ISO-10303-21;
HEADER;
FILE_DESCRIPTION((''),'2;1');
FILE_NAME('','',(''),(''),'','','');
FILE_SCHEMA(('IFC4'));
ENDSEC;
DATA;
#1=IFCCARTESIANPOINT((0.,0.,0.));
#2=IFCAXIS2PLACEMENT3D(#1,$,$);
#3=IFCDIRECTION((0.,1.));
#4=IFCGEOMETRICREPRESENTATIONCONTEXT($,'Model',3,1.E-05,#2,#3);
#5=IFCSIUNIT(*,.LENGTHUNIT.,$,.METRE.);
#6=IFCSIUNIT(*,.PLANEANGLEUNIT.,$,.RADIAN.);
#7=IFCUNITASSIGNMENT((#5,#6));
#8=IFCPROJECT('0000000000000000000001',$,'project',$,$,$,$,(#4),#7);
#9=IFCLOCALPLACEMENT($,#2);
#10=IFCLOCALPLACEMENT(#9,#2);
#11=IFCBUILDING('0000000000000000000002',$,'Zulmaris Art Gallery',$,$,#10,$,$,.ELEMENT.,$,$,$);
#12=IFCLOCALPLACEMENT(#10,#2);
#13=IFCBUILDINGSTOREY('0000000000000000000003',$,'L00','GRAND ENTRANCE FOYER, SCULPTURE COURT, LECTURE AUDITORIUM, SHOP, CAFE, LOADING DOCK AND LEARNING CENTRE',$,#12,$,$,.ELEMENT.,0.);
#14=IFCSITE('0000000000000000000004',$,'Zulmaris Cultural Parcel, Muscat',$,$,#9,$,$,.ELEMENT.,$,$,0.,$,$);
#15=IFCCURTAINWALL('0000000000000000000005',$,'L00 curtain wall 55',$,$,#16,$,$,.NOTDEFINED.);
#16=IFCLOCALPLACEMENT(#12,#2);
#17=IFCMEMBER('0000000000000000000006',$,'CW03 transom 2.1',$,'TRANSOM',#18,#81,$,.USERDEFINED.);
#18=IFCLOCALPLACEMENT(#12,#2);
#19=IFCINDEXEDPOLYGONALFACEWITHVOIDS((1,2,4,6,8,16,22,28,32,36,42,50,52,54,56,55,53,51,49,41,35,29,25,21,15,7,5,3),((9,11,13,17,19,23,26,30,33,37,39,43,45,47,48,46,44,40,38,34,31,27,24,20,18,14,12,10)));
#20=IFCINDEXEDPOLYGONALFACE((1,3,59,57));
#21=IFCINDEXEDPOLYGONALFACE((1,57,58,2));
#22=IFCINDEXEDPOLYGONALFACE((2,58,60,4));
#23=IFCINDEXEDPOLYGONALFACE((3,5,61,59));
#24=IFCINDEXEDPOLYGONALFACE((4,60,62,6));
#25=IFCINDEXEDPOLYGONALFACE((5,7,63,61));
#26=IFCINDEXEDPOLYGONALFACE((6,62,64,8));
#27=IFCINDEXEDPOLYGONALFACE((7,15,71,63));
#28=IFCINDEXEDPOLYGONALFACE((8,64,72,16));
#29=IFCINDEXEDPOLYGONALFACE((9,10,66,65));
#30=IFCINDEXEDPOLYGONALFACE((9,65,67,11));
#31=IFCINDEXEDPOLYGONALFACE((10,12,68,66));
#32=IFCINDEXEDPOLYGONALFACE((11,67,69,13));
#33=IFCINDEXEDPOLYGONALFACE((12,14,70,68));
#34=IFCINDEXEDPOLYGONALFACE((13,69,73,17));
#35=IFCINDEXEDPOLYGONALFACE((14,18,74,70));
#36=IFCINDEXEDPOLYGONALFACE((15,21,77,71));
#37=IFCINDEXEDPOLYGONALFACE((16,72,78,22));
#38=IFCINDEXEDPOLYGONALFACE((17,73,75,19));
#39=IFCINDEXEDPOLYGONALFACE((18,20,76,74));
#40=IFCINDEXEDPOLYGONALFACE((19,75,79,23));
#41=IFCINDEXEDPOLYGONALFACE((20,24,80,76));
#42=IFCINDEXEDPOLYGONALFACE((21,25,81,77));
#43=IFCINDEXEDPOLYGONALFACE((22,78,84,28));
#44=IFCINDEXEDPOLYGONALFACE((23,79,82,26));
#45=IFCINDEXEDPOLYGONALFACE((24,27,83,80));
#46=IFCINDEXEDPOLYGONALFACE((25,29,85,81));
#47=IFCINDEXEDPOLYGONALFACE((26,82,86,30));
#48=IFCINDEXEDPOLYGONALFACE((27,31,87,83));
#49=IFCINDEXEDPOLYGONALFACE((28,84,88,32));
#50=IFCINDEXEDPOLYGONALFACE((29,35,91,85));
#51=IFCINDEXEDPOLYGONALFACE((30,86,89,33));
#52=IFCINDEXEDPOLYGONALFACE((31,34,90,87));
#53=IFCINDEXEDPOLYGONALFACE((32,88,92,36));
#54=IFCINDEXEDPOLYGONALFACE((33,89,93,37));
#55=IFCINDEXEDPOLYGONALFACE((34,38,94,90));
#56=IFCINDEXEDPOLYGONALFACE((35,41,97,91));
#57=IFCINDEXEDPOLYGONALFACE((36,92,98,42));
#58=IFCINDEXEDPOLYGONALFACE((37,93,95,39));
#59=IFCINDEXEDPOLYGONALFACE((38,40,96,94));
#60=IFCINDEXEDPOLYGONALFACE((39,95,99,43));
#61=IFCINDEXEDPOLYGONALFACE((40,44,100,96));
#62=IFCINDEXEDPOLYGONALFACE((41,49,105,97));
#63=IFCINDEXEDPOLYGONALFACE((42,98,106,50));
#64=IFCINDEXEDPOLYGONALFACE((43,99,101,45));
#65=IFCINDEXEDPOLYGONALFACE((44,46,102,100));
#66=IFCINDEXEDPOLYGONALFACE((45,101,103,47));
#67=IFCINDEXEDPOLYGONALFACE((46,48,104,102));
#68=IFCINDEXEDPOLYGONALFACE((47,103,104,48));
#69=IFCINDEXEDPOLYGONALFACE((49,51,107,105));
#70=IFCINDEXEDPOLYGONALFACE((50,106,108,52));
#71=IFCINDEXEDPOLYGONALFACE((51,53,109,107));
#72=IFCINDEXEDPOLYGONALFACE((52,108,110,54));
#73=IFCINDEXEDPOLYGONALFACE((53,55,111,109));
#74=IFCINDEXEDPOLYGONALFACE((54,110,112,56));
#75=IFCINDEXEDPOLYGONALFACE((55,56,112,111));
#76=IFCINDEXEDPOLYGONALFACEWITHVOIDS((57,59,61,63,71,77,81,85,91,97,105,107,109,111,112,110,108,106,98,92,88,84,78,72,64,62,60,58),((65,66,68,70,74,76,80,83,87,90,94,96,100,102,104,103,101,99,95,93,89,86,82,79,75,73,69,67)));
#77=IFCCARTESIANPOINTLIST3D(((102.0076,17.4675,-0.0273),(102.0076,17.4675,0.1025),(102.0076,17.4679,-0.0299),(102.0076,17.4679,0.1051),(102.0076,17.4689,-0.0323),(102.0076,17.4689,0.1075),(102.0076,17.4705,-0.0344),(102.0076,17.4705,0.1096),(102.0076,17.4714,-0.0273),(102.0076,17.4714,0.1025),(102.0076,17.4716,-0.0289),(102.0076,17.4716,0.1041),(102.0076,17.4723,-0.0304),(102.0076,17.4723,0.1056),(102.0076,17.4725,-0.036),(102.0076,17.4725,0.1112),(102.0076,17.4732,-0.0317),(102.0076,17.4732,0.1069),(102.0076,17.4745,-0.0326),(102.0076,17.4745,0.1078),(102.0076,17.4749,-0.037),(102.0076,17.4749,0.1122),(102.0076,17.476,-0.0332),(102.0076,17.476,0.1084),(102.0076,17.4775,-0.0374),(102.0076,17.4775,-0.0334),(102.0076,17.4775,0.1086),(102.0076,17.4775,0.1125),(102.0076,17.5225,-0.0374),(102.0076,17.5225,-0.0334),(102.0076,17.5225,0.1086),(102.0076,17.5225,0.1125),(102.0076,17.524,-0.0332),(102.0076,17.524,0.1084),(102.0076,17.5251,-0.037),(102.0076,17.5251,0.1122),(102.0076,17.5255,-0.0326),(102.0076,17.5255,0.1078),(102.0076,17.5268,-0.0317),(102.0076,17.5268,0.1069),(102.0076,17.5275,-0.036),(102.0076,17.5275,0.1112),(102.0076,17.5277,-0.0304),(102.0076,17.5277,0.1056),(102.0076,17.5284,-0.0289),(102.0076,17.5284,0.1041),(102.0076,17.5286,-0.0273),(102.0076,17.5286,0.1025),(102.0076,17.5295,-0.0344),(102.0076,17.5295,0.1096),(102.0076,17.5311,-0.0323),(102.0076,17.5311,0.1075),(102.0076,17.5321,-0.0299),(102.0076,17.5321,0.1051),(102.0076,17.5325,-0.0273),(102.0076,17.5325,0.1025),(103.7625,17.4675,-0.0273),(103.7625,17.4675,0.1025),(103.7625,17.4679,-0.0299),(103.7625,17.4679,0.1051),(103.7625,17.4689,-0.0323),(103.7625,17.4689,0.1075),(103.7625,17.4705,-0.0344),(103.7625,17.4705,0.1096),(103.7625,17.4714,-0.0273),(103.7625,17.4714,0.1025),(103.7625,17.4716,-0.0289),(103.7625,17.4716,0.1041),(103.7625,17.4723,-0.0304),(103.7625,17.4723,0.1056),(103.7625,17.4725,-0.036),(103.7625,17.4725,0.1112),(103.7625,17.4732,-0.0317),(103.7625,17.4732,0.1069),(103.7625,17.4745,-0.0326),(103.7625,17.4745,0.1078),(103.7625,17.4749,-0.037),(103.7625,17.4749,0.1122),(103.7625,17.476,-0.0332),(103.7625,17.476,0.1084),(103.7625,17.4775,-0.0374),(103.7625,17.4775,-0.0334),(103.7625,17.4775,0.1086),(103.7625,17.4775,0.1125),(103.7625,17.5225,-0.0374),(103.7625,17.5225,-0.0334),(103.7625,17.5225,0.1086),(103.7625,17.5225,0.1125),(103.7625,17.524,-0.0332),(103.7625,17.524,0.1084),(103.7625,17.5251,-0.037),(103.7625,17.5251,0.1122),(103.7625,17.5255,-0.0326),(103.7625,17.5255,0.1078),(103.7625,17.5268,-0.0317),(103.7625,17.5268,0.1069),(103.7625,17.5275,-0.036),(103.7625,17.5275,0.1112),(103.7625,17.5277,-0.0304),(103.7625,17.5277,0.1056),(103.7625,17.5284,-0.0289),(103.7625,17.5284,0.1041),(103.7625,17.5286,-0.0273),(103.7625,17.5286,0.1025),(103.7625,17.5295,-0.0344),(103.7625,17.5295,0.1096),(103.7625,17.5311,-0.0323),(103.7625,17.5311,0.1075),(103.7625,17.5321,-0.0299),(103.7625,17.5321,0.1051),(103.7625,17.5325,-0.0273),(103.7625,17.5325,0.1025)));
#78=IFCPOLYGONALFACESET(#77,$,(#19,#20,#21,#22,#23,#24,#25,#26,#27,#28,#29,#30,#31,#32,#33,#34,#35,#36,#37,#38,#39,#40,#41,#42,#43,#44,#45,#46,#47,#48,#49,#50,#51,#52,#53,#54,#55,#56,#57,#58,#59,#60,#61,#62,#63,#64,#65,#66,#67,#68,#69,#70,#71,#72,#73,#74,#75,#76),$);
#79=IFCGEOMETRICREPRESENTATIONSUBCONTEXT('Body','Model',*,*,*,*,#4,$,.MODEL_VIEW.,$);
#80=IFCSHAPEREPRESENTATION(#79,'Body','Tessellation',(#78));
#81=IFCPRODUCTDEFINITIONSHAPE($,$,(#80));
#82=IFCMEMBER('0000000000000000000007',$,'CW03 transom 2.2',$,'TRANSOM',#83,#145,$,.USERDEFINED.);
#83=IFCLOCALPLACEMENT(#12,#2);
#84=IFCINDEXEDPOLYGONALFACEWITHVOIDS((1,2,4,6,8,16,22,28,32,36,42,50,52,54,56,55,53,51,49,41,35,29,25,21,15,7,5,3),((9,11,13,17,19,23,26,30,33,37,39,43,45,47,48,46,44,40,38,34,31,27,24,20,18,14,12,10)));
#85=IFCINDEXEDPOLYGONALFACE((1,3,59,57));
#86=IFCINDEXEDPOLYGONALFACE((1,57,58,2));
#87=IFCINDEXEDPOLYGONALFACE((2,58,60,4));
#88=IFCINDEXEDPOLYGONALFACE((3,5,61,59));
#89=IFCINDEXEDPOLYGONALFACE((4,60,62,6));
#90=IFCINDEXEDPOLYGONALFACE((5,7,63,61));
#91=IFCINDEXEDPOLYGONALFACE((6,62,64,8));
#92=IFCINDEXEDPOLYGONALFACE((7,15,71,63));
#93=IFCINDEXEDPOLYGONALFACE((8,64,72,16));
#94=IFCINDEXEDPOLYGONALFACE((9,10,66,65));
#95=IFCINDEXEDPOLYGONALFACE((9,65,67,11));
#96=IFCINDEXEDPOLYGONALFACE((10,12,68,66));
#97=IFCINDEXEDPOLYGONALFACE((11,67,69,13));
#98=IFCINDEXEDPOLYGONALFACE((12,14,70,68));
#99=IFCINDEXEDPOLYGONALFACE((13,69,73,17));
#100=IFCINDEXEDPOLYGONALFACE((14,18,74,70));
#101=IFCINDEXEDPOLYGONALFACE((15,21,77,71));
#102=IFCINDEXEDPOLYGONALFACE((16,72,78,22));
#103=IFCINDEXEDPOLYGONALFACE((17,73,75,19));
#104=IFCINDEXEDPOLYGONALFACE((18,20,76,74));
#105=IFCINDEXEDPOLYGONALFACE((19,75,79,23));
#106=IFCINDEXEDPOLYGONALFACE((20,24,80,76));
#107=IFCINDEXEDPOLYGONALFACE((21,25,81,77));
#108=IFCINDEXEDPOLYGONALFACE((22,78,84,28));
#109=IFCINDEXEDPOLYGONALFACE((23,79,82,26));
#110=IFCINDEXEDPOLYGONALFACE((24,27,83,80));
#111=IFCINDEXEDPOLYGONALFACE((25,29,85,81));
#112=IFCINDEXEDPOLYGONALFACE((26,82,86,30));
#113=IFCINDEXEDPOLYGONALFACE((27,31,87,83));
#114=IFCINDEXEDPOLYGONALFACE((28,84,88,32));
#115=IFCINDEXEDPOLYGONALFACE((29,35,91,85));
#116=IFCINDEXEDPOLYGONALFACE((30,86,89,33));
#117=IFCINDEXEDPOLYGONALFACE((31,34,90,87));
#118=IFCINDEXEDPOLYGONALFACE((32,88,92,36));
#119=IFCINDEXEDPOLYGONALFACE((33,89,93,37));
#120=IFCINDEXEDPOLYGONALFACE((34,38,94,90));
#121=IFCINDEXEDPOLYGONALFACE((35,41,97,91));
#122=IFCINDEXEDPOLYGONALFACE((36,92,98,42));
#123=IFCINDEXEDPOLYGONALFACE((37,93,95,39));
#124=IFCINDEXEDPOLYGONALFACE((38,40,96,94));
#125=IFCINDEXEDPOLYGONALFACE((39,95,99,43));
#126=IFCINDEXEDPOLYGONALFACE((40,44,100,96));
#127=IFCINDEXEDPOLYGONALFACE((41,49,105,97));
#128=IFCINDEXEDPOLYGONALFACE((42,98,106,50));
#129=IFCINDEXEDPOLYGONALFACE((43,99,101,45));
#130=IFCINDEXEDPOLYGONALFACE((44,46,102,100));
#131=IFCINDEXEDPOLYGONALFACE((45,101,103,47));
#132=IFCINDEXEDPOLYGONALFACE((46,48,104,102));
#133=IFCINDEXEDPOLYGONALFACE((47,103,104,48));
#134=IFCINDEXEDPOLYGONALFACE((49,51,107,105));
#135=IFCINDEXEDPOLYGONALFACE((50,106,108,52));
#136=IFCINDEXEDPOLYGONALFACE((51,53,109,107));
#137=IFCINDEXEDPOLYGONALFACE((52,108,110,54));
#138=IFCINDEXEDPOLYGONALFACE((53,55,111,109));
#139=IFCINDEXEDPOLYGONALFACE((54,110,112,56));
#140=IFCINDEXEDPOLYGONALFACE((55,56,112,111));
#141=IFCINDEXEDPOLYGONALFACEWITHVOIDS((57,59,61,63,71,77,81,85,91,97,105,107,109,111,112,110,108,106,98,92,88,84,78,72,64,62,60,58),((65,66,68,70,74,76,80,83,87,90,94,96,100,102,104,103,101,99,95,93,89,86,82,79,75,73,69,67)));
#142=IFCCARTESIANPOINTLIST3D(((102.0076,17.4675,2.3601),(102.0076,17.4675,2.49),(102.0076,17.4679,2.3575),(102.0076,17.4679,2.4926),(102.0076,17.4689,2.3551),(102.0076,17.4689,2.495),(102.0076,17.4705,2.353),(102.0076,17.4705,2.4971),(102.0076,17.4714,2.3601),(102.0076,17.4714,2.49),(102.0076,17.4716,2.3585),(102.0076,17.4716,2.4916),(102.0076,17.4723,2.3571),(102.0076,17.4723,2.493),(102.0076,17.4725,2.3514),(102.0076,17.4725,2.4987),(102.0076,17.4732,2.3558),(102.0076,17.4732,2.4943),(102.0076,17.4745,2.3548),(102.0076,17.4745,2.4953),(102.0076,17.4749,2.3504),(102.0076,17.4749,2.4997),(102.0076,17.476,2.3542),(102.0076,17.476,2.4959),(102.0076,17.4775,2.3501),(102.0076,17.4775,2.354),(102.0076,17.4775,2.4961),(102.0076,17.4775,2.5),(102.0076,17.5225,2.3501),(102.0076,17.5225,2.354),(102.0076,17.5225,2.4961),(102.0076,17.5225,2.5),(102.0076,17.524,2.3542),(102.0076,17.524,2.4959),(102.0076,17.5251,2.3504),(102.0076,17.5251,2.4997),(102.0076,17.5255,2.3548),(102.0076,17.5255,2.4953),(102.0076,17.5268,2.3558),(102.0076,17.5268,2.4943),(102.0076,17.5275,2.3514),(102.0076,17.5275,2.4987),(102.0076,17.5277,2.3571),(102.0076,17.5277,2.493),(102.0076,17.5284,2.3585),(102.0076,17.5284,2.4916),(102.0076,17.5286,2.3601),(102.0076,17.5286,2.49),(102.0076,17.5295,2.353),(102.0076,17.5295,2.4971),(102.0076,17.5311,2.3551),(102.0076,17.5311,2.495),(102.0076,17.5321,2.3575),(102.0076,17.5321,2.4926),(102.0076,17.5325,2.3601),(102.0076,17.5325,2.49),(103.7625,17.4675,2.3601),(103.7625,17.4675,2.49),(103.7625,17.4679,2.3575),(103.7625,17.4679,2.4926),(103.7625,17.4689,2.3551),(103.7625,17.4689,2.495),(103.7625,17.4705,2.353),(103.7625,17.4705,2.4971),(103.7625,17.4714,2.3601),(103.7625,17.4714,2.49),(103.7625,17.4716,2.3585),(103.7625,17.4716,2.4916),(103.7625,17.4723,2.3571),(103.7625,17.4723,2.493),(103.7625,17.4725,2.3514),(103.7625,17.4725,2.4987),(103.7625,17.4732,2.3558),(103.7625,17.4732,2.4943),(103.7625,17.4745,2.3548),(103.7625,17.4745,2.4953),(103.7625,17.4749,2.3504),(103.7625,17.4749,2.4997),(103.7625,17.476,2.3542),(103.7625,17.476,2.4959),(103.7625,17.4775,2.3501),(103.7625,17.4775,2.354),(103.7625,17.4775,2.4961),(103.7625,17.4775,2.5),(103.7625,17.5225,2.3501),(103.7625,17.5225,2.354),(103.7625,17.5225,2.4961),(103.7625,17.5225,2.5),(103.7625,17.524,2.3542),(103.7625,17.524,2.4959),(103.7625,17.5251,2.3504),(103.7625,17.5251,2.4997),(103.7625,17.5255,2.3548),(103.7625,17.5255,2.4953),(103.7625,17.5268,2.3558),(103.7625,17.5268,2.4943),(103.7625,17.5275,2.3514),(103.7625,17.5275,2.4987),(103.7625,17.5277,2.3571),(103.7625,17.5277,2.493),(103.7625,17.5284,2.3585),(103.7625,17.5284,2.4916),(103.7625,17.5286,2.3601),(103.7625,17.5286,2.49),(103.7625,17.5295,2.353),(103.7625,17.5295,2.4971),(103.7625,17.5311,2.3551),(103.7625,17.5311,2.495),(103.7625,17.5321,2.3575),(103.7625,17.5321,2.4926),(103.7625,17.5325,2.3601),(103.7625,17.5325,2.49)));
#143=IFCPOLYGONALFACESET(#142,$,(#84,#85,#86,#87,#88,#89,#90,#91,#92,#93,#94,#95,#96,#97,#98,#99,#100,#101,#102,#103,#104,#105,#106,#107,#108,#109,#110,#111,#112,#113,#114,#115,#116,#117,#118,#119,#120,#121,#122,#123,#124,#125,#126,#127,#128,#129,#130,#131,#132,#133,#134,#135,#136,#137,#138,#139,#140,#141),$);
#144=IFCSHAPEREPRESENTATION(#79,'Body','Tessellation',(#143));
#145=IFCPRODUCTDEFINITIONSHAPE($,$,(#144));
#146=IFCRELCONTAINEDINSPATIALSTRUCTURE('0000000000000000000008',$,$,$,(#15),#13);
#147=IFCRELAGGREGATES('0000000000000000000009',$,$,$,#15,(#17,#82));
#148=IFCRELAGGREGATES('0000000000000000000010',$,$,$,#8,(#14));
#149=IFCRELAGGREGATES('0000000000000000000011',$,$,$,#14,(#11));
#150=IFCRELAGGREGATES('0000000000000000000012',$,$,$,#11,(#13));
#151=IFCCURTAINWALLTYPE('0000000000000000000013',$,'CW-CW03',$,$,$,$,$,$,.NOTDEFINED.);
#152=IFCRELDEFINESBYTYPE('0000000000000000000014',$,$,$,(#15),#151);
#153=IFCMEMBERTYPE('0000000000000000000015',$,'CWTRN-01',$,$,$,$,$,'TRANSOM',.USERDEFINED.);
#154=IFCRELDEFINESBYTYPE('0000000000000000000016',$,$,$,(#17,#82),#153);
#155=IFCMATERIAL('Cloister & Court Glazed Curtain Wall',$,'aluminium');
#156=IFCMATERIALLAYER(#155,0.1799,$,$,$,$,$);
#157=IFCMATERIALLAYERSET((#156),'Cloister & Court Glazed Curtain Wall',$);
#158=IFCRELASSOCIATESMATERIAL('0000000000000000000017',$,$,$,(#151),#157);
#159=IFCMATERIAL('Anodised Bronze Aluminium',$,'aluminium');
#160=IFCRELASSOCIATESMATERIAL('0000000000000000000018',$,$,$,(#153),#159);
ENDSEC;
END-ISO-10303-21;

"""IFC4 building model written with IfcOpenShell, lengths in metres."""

from ifc_helpers import new_model, si_unit, direction, frame, origin, origin_2d, place, context, subcontext, project, spatial, hollow_rectangle, extrude, material, layer, layer_set, material_profile, profile_set, type_object, element, aggregate, save


model = new_model("IFC4")

# Units and contexts
model_context = context("Model", 3, precision=1e-05, world=origin(), true_north=direction((0.0, 1.0)))
body_context = subcontext(model_context, "Body", "Model", "MODEL_VIEW")
ifc_project = project(units=[si_unit("LENGTHUNIT", "METRE"), si_unit("PLANEANGLEUNIT", "RADIAN")], contexts=[model_context])

# Site, building, storey
site_placement = place(None, origin())
site = spatial("IfcSite", under=ifc_project, at=site_placement, Name="Zulmaris Cultural Parcel, Muscat", CompositionType="ELEMENT", RefElevation=0.0)
building_placement = place(site_placement, origin())
building = spatial("IfcBuilding", under=site, at=building_placement, Name="Zulmaris Art Gallery", CompositionType="ELEMENT")
storey_placement = place(building_placement, origin())
storey = spatial("IfcBuildingStorey", under=building, at=storey_placement, Name="L00", Description="GRAND ENTRANCE FOYER, SCULPTURE COURT, LECTURE AUDITORIUM, SHOP, CAFE, LOADING DOCK AND LEARNING CENTRE", CompositionType="ELEMENT", Elevation=0.0)

# Curtain wall, members
ifc_material_1 = material(Name="Cloister & Court Glazed Curtain Wall", Category="aluminium")
ifc_layer_1 = layer(ifc_material_1, 0.1799)
ifc_layer_set_1 = layer_set([ifc_layer_1], Name="Cloister & Court Glazed Curtain Wall")
curtain_wall_type = type_object("IfcCurtainWallType", Name="CW-CW03", PredefinedType="NOTDEFINED", material=ifc_layer_set_1)
curtain_wall_placement = place(storey_placement, origin())
curtain_wall = element("IfcCurtainWall", 1, at=curtain_wall_placement, inside=storey, type_object=curtain_wall_type, Name="L00 curtain wall 55", PredefinedType="NOTDEFINED")
ifc_material_2 = material(Name="Anodised Bronze Aluminium", Category="aluminium")
ifc_material_profile_1 = material_profile(ifc_material_2, hollow_rectangle(XDim=0.0649, YDim=0.1499, WallThickness=0.0039, InnerFilletRadius=0.0061, OuterFilletRadius=0.01, at=origin_2d()), Name="ALU 65x150x4")
ifc_profile_set_1 = profile_set([ifc_material_profile_1], Name="Anodised Bronze Aluminium")
member_type_1 = type_object("IfcMemberType", Name="CWTRN-01", ElementType="TRANSOM", PredefinedType="USERDEFINED", material=ifc_profile_set_1)
member_1_placement = place(storey_placement, frame((102.0076, 17.5, 0.0376), z_axis=(1.0, 0.0, 0.0), x_axis=(0.0, 1.0, 0.0)))
member_1 = element("IfcMember", 2, at=member_1_placement, type_object=member_type_1, Name="CW03 transom 2.1", ObjectType="TRANSOM", PredefinedType="USERDEFINED", context=body_context, shape_type="SweptSolid", body=[
    extrude(hollow_rectangle(XDim=0.0649, YDim=0.1499, WallThickness=0.0039, InnerFilletRadius=0.0061, OuterFilletRadius=0.01, at=origin_2d()), origin(), (0.0, 0.0, 1.0), 1.7549),
])
member_2_placement = place(storey_placement, frame((102.0076, 17.5, 2.425), z_axis=(1.0, 0.0, 0.0), x_axis=(0.0, 1.0, 0.0)))
member_2 = element("IfcMember", 3, at=member_2_placement, type_object=member_type_1, Name="CW03 transom 2.2", ObjectType="TRANSOM", PredefinedType="USERDEFINED", context=body_context, shape_type="SweptSolid", body=[
    extrude(hollow_rectangle(XDim=0.0649, YDim=0.1499, WallThickness=0.0039, InnerFilletRadius=0.0061, OuterFilletRadius=0.01, at=origin_2d()), origin(), (0.0, 0.0, 1.0), 1.7549),
])
aggregate(curtain_wall, [member_1, member_2])

save(model, "model.ifc")
